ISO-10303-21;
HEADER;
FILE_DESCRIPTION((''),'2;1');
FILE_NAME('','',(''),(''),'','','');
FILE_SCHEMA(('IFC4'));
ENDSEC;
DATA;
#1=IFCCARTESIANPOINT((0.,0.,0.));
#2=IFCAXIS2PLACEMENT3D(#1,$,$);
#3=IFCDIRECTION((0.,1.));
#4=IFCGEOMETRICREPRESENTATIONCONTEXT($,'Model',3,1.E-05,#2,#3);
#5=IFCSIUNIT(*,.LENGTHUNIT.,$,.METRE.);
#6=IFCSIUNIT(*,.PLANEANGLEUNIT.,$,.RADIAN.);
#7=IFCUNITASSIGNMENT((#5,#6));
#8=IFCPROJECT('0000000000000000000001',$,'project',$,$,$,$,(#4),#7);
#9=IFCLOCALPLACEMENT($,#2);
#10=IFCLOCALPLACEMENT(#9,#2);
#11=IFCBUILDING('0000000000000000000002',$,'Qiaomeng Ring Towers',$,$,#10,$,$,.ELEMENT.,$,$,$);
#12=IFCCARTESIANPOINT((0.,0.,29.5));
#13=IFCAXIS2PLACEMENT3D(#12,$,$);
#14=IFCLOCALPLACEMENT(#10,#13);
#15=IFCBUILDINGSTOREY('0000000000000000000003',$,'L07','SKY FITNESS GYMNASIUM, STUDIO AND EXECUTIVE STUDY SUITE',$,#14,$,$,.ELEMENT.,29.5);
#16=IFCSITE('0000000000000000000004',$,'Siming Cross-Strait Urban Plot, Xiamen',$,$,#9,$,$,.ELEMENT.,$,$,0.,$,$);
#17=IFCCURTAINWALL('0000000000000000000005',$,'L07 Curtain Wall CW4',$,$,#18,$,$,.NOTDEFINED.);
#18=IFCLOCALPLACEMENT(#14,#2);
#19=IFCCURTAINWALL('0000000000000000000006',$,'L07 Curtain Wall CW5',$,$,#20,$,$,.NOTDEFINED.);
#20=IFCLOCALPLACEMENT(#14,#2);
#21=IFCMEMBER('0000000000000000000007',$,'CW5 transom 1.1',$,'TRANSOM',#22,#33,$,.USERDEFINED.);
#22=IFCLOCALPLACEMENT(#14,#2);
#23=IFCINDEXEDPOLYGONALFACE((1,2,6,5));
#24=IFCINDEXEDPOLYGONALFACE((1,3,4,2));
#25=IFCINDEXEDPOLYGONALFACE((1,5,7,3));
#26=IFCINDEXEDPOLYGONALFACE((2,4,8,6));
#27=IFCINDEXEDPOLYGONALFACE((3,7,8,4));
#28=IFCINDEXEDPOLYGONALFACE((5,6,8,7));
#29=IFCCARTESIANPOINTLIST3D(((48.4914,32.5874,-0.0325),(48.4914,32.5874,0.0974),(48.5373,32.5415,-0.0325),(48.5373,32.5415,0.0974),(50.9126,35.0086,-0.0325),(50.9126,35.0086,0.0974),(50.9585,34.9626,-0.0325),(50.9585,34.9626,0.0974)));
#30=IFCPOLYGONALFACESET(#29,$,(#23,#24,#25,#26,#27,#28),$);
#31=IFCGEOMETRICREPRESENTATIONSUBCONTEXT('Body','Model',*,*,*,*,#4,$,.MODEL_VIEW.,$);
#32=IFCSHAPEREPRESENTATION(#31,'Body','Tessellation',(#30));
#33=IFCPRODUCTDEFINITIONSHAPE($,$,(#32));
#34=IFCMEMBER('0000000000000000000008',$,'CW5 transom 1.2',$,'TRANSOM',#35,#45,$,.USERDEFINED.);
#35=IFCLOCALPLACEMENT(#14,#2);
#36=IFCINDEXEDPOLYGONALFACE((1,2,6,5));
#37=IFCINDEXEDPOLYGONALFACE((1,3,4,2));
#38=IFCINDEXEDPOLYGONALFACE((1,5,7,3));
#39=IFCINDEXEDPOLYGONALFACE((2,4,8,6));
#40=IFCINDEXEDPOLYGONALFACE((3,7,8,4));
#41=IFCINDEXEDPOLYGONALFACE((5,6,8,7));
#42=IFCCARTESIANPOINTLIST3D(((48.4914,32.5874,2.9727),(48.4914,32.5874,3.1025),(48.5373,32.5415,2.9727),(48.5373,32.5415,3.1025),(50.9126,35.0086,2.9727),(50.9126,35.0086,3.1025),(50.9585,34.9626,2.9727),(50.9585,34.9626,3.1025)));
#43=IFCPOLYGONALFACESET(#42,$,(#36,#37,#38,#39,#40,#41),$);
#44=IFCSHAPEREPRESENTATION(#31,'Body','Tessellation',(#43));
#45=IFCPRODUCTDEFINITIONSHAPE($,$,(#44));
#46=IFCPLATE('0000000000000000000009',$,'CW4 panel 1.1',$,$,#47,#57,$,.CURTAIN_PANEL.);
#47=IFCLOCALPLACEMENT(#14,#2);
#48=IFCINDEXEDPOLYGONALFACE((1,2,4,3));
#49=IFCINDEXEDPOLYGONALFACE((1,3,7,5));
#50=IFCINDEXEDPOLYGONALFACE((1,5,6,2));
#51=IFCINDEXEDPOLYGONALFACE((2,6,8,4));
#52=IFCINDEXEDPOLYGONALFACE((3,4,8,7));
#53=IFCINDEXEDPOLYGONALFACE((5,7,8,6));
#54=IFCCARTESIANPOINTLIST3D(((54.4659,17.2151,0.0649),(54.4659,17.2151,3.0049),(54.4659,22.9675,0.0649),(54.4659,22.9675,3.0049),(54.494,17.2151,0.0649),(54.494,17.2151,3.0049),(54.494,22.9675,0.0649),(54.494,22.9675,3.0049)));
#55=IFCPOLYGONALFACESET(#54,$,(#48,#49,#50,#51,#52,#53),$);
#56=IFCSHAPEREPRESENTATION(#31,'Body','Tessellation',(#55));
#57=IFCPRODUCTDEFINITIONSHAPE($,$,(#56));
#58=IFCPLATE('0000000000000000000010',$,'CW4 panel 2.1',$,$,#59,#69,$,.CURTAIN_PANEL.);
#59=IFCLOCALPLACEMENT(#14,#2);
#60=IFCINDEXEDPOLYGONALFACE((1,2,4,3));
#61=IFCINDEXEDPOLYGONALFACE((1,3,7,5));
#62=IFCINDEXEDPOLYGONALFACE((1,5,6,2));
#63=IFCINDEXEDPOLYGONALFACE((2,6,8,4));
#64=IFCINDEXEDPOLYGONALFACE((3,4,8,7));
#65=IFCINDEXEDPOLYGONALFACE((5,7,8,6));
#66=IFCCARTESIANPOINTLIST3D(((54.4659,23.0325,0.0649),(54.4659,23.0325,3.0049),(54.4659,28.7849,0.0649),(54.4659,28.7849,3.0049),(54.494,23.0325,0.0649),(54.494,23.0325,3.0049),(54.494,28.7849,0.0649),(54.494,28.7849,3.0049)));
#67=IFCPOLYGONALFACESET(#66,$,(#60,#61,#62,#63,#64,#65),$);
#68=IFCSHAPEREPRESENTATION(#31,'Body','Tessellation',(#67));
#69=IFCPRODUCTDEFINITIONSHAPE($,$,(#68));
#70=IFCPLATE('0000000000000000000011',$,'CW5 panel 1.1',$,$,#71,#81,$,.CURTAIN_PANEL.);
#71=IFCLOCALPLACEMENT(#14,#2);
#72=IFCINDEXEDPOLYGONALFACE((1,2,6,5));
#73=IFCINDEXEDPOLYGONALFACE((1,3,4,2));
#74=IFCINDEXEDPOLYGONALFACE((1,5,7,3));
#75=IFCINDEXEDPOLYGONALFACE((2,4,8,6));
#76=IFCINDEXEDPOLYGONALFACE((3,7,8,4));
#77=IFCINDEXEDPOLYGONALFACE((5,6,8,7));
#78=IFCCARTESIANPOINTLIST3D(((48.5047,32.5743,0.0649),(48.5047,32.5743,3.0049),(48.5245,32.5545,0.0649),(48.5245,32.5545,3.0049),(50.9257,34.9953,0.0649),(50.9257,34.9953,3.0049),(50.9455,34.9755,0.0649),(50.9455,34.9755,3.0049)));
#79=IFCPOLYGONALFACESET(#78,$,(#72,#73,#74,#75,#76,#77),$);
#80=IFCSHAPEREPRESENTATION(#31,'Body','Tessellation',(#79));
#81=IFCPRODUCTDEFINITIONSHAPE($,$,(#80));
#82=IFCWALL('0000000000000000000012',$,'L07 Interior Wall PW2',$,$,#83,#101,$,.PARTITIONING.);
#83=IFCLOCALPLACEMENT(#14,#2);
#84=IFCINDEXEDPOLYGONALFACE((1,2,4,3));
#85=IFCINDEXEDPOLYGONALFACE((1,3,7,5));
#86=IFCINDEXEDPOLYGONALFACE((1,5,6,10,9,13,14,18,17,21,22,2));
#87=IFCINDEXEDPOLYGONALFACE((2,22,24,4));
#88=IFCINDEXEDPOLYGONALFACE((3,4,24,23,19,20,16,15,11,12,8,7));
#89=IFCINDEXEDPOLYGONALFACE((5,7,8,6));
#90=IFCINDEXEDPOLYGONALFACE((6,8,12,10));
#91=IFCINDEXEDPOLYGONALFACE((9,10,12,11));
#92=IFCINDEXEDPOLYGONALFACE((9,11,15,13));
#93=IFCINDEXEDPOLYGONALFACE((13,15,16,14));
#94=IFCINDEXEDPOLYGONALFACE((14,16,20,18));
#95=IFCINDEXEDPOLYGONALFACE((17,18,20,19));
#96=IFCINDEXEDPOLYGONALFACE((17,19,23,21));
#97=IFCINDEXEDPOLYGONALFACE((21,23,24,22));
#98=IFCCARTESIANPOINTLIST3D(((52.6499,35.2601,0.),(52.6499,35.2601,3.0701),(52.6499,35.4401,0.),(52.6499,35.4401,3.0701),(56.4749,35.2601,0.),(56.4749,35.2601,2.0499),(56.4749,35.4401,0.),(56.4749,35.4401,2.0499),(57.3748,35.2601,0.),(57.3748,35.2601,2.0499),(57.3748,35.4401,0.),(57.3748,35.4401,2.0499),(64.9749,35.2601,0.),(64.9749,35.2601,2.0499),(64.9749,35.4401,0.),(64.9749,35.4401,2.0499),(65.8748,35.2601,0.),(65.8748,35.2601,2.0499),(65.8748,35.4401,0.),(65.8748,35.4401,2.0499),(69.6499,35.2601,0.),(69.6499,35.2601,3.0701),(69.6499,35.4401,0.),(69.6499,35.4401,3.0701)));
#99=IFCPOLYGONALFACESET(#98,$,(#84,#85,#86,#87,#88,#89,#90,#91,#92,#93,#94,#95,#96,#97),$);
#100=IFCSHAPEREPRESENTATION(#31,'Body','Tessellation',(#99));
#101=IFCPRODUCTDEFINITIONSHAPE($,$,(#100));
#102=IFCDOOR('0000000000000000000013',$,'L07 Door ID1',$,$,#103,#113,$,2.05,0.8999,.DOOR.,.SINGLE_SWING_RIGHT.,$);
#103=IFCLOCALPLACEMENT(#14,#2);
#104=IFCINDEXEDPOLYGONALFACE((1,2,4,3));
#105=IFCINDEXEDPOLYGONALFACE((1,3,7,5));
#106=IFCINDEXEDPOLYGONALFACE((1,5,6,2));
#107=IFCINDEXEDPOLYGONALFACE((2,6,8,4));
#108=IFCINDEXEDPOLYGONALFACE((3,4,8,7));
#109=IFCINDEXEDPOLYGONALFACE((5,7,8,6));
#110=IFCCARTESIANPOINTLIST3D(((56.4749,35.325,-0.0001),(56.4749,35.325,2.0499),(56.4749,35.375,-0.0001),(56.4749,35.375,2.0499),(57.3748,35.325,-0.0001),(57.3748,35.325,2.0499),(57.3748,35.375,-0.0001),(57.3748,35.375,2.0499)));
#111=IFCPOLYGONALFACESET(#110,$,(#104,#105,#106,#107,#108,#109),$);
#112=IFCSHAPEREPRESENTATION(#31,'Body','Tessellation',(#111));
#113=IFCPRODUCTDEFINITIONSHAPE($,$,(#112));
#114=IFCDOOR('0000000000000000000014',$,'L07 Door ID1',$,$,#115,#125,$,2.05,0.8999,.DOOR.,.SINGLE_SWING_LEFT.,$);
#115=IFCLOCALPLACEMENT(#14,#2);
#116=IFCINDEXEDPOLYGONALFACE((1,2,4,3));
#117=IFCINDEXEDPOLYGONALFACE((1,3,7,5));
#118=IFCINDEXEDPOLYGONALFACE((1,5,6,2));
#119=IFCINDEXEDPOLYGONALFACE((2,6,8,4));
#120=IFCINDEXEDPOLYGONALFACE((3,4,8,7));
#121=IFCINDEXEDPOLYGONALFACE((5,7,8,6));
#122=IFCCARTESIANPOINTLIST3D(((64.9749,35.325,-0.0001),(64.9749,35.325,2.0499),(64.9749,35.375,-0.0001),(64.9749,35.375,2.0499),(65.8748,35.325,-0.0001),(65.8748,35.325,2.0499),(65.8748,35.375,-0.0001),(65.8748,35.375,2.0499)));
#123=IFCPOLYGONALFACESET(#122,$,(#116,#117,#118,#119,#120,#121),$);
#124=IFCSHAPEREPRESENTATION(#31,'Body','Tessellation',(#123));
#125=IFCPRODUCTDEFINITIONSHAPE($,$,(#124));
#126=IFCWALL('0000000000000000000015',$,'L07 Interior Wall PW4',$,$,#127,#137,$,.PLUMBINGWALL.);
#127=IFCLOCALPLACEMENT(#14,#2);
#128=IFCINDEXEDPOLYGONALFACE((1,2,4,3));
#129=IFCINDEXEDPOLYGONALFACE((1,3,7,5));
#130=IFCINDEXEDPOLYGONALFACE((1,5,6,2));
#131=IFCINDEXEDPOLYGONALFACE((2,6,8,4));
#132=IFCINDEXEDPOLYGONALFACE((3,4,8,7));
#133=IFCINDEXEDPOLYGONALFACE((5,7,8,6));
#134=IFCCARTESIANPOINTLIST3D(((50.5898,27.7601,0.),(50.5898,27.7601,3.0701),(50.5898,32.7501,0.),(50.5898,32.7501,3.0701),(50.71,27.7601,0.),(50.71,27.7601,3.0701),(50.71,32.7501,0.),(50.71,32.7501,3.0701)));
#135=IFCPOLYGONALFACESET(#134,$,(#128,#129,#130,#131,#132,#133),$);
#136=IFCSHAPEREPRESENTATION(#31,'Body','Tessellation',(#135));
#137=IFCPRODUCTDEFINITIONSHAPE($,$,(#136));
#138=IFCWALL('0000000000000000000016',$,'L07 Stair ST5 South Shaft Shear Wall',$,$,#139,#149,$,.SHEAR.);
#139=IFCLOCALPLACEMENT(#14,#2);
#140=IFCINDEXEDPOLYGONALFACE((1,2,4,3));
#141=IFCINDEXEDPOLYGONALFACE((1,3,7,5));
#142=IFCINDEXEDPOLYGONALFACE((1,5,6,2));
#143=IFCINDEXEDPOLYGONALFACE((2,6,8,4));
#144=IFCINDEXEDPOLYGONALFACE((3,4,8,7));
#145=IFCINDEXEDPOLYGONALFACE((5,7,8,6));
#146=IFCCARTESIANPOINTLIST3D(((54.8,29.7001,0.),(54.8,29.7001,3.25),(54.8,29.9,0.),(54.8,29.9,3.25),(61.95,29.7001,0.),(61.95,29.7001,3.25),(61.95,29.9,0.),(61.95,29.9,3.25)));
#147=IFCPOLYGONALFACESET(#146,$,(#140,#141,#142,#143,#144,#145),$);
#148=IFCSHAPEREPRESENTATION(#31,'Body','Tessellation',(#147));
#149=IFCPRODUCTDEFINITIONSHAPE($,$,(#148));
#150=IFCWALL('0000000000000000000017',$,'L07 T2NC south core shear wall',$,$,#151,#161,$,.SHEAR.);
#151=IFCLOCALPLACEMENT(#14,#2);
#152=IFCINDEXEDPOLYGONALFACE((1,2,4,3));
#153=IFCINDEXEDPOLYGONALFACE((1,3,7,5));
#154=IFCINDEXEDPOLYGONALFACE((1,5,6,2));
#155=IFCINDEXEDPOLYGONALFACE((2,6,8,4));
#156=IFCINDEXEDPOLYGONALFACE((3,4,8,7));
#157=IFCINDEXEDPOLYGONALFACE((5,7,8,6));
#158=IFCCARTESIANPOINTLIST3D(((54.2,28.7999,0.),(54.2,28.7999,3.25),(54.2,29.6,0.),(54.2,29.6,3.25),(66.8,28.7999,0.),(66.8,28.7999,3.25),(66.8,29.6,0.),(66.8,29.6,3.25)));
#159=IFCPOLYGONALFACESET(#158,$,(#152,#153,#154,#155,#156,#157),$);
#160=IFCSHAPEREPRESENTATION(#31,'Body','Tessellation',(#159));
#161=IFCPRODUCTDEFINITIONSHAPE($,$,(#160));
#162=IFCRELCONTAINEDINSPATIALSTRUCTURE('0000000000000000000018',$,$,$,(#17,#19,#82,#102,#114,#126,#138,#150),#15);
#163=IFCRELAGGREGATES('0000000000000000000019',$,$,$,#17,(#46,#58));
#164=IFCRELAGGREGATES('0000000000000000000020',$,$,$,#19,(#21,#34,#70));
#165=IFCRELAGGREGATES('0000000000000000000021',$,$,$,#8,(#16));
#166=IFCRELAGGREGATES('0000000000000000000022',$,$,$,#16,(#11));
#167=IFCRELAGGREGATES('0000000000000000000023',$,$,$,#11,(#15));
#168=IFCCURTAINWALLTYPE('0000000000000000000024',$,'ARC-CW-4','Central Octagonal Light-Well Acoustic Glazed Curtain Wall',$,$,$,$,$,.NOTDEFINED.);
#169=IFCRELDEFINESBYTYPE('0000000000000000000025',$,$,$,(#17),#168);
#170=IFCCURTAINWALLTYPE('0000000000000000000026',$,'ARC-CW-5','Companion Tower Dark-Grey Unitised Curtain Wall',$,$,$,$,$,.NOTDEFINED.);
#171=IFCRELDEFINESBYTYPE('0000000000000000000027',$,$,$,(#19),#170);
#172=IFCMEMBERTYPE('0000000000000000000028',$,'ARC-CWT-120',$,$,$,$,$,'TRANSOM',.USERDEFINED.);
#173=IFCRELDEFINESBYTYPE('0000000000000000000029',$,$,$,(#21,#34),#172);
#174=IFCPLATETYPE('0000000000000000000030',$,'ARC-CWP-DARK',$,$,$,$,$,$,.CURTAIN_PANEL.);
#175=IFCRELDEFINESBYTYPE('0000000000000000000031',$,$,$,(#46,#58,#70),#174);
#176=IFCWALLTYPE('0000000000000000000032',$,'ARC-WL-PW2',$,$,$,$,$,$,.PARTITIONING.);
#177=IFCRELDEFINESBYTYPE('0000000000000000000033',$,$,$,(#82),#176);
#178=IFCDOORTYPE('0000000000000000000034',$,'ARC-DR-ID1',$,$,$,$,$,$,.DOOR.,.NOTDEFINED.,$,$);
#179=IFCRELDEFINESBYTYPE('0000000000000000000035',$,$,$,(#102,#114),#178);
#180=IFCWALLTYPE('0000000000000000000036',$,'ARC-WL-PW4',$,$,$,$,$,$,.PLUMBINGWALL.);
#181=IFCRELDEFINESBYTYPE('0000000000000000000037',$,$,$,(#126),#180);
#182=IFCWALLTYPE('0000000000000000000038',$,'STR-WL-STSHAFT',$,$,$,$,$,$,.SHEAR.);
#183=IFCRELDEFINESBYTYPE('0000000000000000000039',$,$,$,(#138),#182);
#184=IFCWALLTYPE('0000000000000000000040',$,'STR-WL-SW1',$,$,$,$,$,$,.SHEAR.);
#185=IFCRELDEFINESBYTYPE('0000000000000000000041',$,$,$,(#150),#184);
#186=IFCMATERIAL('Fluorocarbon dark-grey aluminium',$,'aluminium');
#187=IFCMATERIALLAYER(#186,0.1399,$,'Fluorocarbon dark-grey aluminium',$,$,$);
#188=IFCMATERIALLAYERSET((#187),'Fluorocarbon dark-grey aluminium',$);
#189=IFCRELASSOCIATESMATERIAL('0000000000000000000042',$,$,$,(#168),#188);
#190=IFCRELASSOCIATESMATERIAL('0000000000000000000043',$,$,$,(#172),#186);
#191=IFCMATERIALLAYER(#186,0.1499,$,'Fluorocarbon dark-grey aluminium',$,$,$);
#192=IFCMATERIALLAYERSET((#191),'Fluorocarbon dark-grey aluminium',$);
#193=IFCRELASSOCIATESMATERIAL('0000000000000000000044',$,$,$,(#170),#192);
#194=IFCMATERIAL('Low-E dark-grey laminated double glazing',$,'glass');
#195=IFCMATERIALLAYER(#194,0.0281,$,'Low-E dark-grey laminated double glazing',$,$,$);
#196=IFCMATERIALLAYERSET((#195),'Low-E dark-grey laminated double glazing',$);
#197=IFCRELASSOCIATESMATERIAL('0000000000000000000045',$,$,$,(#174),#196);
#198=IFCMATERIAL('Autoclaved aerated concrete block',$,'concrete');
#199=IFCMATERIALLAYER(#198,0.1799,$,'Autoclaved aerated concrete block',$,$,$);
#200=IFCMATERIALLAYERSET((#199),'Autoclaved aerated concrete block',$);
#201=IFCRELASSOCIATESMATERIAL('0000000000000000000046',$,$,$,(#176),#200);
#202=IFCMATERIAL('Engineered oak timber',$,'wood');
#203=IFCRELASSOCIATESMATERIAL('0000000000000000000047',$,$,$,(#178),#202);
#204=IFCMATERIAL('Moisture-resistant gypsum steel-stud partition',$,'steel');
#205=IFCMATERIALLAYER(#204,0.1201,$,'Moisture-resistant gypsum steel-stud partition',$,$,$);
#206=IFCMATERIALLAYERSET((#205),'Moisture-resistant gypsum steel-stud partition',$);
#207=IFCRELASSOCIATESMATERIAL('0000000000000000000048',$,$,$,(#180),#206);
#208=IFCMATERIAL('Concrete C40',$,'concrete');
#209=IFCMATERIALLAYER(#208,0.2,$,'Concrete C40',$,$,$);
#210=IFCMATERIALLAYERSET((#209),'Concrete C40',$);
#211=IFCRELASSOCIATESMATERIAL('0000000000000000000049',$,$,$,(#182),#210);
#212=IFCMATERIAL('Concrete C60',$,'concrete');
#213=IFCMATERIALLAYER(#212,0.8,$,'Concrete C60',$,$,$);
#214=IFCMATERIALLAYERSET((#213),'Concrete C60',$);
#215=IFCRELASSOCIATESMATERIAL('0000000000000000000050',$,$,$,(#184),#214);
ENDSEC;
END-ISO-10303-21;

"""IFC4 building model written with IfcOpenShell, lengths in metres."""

from ifc_helpers import new_model, si_unit, direction, frame, frame_2d, origin, origin_2d, place, context, subcontext, project, spatial, rectangle, extrude, source, transform, mapped, material, layer, layer_set, material_profile, profile_set, type_object, element, fill, aggregate, save


model = new_model("IFC4")

# Units and contexts
model_context = context("Model", 3, precision=1e-05, world=origin(), true_north=direction((0.0, 1.0)))
body_context = subcontext(model_context, "Body", "Model", "MODEL_VIEW")
ifc_project = project(units=[si_unit("LENGTHUNIT", "METRE"), si_unit("PLANEANGLEUNIT", "RADIAN")], contexts=[model_context])

# Site, building, storey
site_placement = place(None, origin())
site = spatial("IfcSite", under=ifc_project, at=site_placement, Name="Siming Cross-Strait Urban Plot, Xiamen", CompositionType="ELEMENT", RefElevation=0.0)
building_placement = place(site_placement, origin())
building = spatial("IfcBuilding", under=site, at=building_placement, Name="Qiaomeng Ring Towers", CompositionType="ELEMENT")
storey_placement = place(building_placement, frame((0.0, 0.0, 29.5)))
storey = spatial("IfcBuildingStorey", under=building, at=storey_placement, Name="L07", Description="SKY FITNESS GYMNASIUM, STUDIO AND EXECUTIVE STUDY SUITE", CompositionType="ELEMENT", Elevation=29.5)

# Shared definitions
ifc_material_1 = material(Name="Concrete C60", Category="concrete")

# Curtain wall
ifc_material_2 = material(Name="Fluorocarbon dark-grey aluminium", Category="aluminium")
ifc_layer_1 = layer(ifc_material_2, 0.1399, Name="Fluorocarbon dark-grey aluminium")
ifc_layer_set_1 = layer_set([ifc_layer_1], Name="Fluorocarbon dark-grey aluminium")
curtain_wall_type_1 = type_object("IfcCurtainWallType", Name="ARC-CW-4", Description="Central Octagonal Light-Well Acoustic Glazed Curtain Wall", PredefinedType="NOTDEFINED", material=ifc_layer_set_1)
curtain_wall_1_placement = place(storey_placement, origin())
curtain_wall_1 = element("IfcCurtainWall", 1, at=curtain_wall_1_placement, inside=storey, type_object=curtain_wall_type_1, Name="L07 Curtain Wall CW4", PredefinedType="NOTDEFINED")
ifc_material_profile_1 = material_profile(ifc_material_2, rectangle(XDim=0.0649, YDim=0.1299, at=origin_2d()), Name="ALU TRAN 65x130")
ifc_profile_set_1 = profile_set([ifc_material_profile_1], Name="Fluorocarbon dark-grey aluminium")
member_type_1 = type_object("IfcMemberType", Name="ARC-CWT-120", ElementType="TRANSOM", PredefinedType="USERDEFINED", material=ifc_profile_set_1)

# Shared definitions
ifc_layer_2 = layer(ifc_material_2, 0.1499, Name="Fluorocarbon dark-grey aluminium")
ifc_layer_set_2 = layer_set([ifc_layer_2], Name="Fluorocarbon dark-grey aluminium")
curtain_wall_type_2 = type_object("IfcCurtainWallType", Name="ARC-CW-5", Description="Companion Tower Dark-Grey Unitised Curtain Wall", PredefinedType="NOTDEFINED", material=ifc_layer_set_2)

# Curtain wall
curtain_wall_2_placement = place(storey_placement, origin())
curtain_wall_2 = element("IfcCurtainWall", 2, at=curtain_wall_2_placement, inside=storey, type_object=curtain_wall_type_2, Name="L07 Curtain Wall CW5", PredefinedType="NOTDEFINED")

# Members
shared_shape_1 = source(origin(), body_context, "Body", "SweptSolid", [
    extrude(rectangle(XDim=0.0649, YDim=0.1299, at=origin_2d()), origin(), (0.0, 0.0, 1.0), 3.4241),
])
member_1_placement = place(storey_placement, frame((50.9355, 34.9856, 0.0325), z_axis=(-0.707107, -0.707107, 0.0), x_axis=(0.707107, -0.707107, 0.0)))
member_1 = element("IfcMember", 3, at=member_1_placement, type_object=member_type_1, Name="CW5 transom 1.1", ObjectType="TRANSOM", PredefinedType="USERDEFINED", context=body_context, shape_type="MappedRepresentation", body=[
    mapped(shared_shape_1, transform((0.0, 0.0, 0.0), x_axis=(1.0, 0.0, 0.0), y_axis=(0.0, 1.0, 0.0), z_axis=(0.0, 0.0, 1.0), scale=1.0)),
])
member_2_placement = place(storey_placement, frame((50.9355, 34.9856, 3.0376), z_axis=(-0.707107, -0.707107, 0.0), x_axis=(0.707107, -0.707107, 0.0)))
member_2 = element("IfcMember", 4, at=member_2_placement, type_object=member_type_1, Name="CW5 transom 1.2", ObjectType="TRANSOM", PredefinedType="USERDEFINED", context=body_context, shape_type="MappedRepresentation", body=[
    mapped(shared_shape_1, transform((0.0, 0.0, 0.0), x_axis=(1.0, 0.0, 0.0), y_axis=(0.0, 1.0, 0.0), z_axis=(0.0, 0.0, 1.0), scale=1.0)),
])

# Plates
ifc_material_3 = material(Name="Low-E dark-grey laminated double glazing", Category="glass")
ifc_layer_3 = layer(ifc_material_3, 0.0281, Name="Low-E dark-grey laminated double glazing")
ifc_layer_set_3 = layer_set([ifc_layer_3], Name="Low-E dark-grey laminated double glazing")
plate_type = type_object("IfcPlateType", Name="ARC-CWP-DARK", PredefinedType="CURTAIN_PANEL", material=ifc_layer_set_3)
shared_shape_2 = source(origin(), body_context, "Body", "SweptSolid", [
    extrude(rectangle(XDim=5.7524, YDim=0.0281, at=origin_2d()), origin(), (0.0, 0.0, 1.0), 2.9399),
])
plate_1_placement = place(storey_placement, frame((54.48, 20.0913, 0.0649), z_axis=(0.0, 0.0, 1.0), x_axis=(0.0, 1.0, 0.0)))
plate_1 = element("IfcPlate", 5, at=plate_1_placement, type_object=plate_type, Name="CW4 panel 1.1", PredefinedType="CURTAIN_PANEL", context=body_context, shape_type="MappedRepresentation", body=[
    mapped(shared_shape_2, transform((0.0, 0.0, 0.0), x_axis=(1.0, 0.0, 0.0), y_axis=(0.0, 1.0, 0.0), z_axis=(0.0, 0.0, 1.0), scale=1.0)),
])
plate_2_placement = place(storey_placement, frame((54.48, 25.9087, 0.0649), z_axis=(0.0, 0.0, 1.0), x_axis=(0.0, 1.0, 0.0)))
plate_2 = element("IfcPlate", 6, at=plate_2_placement, type_object=plate_type, Name="CW4 panel 2.1", PredefinedType="CURTAIN_PANEL", context=body_context, shape_type="MappedRepresentation", body=[
    mapped(shared_shape_2, transform((0.0, 0.0, 0.0), x_axis=(1.0, 0.0, 0.0), y_axis=(0.0, 1.0, 0.0), z_axis=(0.0, 0.0, 1.0), scale=1.0)),
])
aggregate(curtain_wall_1, [plate_1, plate_2])
shared_shape_3 = source(origin(), body_context, "Body", "SweptSolid", [
    extrude(rectangle(XDim=3.4238, YDim=0.0281, at=origin_2d()), origin(), (0.0, 0.0, 1.0), 2.9399),
])
plate_3_placement = place(storey_placement, frame((49.7251, 33.7749, 0.0649), z_axis=(0.0, 0.0, 1.0), x_axis=(-0.707107, -0.707107, 0.0)))
plate_3 = element("IfcPlate", 7, at=plate_3_placement, type_object=plate_type, Name="CW5 panel 1.1", PredefinedType="CURTAIN_PANEL", context=body_context, shape_type="MappedRepresentation", body=[
    mapped(shared_shape_3, transform((0.0, 0.0, 0.0), x_axis=(1.0, 0.0, 0.0), y_axis=(0.0, 1.0, 0.0), z_axis=(0.0, 0.0, 1.0), scale=1.0)),
])
aggregate(curtain_wall_2, [member_1, member_2, plate_3])

# Wall, openings, doors
ifc_material_4 = material(Name="Autoclaved aerated concrete block", Category="concrete")
ifc_layer_4 = layer(ifc_material_4, 0.1799, Name="Autoclaved aerated concrete block")
ifc_layer_set_4 = layer_set([ifc_layer_4], Name="Autoclaved aerated concrete block")
wall_type_1 = type_object("IfcWallType", Name="ARC-WL-PW2", PredefinedType="PARTITIONING", material=ifc_layer_set_4)
wall_1_placement = place(storey_placement, frame((52.6499, 35.3501, 0.0), z_axis=(0.0, 0.0, 1.0), x_axis=(1.0, 0.0, 0.0)))
wall_1 = element("IfcWall", 8, at=wall_1_placement, inside=storey, type_object=wall_type_1, Name="L07 Interior Wall PW2", PredefinedType="PARTITIONING", context=body_context, shape_type="SweptSolid", body=[
    extrude(rectangle(XDim=17.0, YDim=0.1799, at=frame_2d((8.5, 0.0))), origin(), (0.0, 0.0, 1.0), 3.0701),
])
opening_1_placement = place(wall_1_placement, frame((3.825, 0.0, 0.0)))
opening_1 = element("IfcOpeningElement", 9, at=opening_1_placement, cuts=wall_1, PredefinedType="OPENING", context=body_context, shape_type="SweptSolid", body=[
    extrude(rectangle(XDim=0.8999, YDim=2.05, at=frame_2d((0.45, 1.0249))), frame((0.0, 0.0999, 0.0), z_axis=(0.0, -1.0, 0.0), x_axis=(1.0, 0.0, 0.0)), (0.0, 0.0, 1.0), 0.2),
])
opening_2_placement = place(wall_1_placement, frame((12.325, 0.0, 0.0)))
opening_2 = element("IfcOpeningElement", 10, at=opening_2_placement, cuts=wall_1, PredefinedType="OPENING", context=body_context, shape_type="SweptSolid", body=[
    extrude(rectangle(XDim=0.8999, YDim=2.05, at=frame_2d((0.45, 1.0249))), frame((0.0, 0.0999, 0.0), z_axis=(0.0, -1.0, 0.0), x_axis=(1.0, 0.0, 0.0)), (0.0, 0.0, 1.0), 0.2),
])
ifc_material_5 = material(Name="Engineered oak timber", Category="wood")
door_type_1 = type_object("IfcDoorType", Name="ARC-DR-ID1", OperationType="NOTDEFINED", PredefinedType="DOOR", material=ifc_material_5)
shared_shape_4 = source(origin(), body_context, "Body", "SweptSolid", [
    extrude(rectangle(XDim=0.8999, YDim=2.05, at=frame_2d((0.45, 1.0249))), frame((0.0, 0.0249, 0.0), z_axis=(0.0, -1.0, 0.0), x_axis=(1.0, 0.0, 0.0)), (0.0, 0.0, 1.0), 0.05),
])
door_1_placement = place(opening_1_placement, origin())
door_1 = element("IfcDoor", 11, at=door_1_placement, inside=storey, type_object=door_type_1, Name="L07 Door ID1", OperationType="SINGLE_SWING_RIGHT", OverallHeight=2.05, OverallWidth=0.8999, PredefinedType="DOOR", context=body_context, shape_type="MappedRepresentation", body=[
    mapped(shared_shape_4, transform((0.0, 0.0, 0.0), x_axis=(1.0, 0.0, 0.0), y_axis=(0.0, 1.0, 0.0), z_axis=(0.0, 0.0, 1.0), scale=1.0)),
])
fill(opening_1, door_1)
door_2_placement = place(opening_2_placement, origin())
door_2 = element("IfcDoor", 12, at=door_2_placement, inside=storey, type_object=door_type_1, Name="L07 Door ID1", OperationType="SINGLE_SWING_LEFT", OverallHeight=2.05, OverallWidth=0.8999, PredefinedType="DOOR", context=body_context, shape_type="MappedRepresentation", body=[
    mapped(shared_shape_4, transform((0.0, 0.0, 0.0), x_axis=(1.0, 0.0, 0.0), y_axis=(0.0, 1.0, 0.0), z_axis=(0.0, 0.0, 1.0), scale=1.0)),
])
fill(opening_2, door_2)

# Walls
ifc_material_6 = material(Name="Moisture-resistant gypsum steel-stud partition", Category="steel")
ifc_layer_5 = layer(ifc_material_6, 0.1201, Name="Moisture-resistant gypsum steel-stud partition")
ifc_layer_set_5 = layer_set([ifc_layer_5], Name="Moisture-resistant gypsum steel-stud partition")
wall_type_2 = type_object("IfcWallType", Name="ARC-WL-PW4", PredefinedType="PLUMBINGWALL", material=ifc_layer_set_5)
wall_2_placement = place(storey_placement, frame((50.6499, 27.76, 0.0), z_axis=(0.0, 0.0, 1.0), x_axis=(0.0, 1.0, 0.0)))
element("IfcWall", 13, at=wall_2_placement, inside=storey, type_object=wall_type_2, Name="L07 Interior Wall PW4", PredefinedType="PLUMBINGWALL", context=body_context, shape_type="SweptSolid", body=[
    extrude(rectangle(XDim=4.99, YDim=0.1201, at=frame_2d((2.4951, 0.0))), origin(), (0.0, 0.0, 1.0), 3.0701),
])
ifc_material_7 = material(Name="Concrete C40", Category="concrete")
ifc_layer_6 = layer(ifc_material_7, 0.2, Name="Concrete C40")
ifc_layer_set_6 = layer_set([ifc_layer_6], Name="Concrete C40")
wall_type_3 = type_object("IfcWallType", Name="STR-WL-STSHAFT", PredefinedType="SHEAR", material=ifc_layer_set_6)
wall_3_placement = place(storey_placement, frame((54.8, 29.8, 0.0), z_axis=(0.0, 0.0, 1.0), x_axis=(1.0, 0.0, 0.0)))
element("IfcWall", 14, at=wall_3_placement, inside=storey, type_object=wall_type_3, Name="L07 Stair ST5 South Shaft Shear Wall", PredefinedType="SHEAR", context=body_context, shape_type="SweptSolid", body=[
    extrude(rectangle(XDim=7.1499, YDim=0.2, at=frame_2d((3.575, 0.0))), origin(), (0.0, 0.0, 1.0), 3.25),
])
ifc_layer_7 = layer(ifc_material_1, 0.8, Name="Concrete C60")
ifc_layer_set_7 = layer_set([ifc_layer_7], Name="Concrete C60")
wall_type_4 = type_object("IfcWallType", Name="STR-WL-SW1", PredefinedType="SHEAR", material=ifc_layer_set_7)
wall_4_placement = place(storey_placement, frame((54.2, 29.2, 0.0), z_axis=(0.0, 0.0, 1.0), x_axis=(1.0, 0.0, 0.0)))
element("IfcWall", 15, at=wall_4_placement, inside=storey, type_object=wall_type_4, Name="L07 T2NC south core shear wall", PredefinedType="SHEAR", context=body_context, shape_type="SweptSolid", body=[
    extrude(rectangle(XDim=12.6001, YDim=0.8, at=frame_2d((6.3, 0.0))), origin(), (0.0, 0.0, 1.0), 3.25),
])

save(model, "model.ifc")
